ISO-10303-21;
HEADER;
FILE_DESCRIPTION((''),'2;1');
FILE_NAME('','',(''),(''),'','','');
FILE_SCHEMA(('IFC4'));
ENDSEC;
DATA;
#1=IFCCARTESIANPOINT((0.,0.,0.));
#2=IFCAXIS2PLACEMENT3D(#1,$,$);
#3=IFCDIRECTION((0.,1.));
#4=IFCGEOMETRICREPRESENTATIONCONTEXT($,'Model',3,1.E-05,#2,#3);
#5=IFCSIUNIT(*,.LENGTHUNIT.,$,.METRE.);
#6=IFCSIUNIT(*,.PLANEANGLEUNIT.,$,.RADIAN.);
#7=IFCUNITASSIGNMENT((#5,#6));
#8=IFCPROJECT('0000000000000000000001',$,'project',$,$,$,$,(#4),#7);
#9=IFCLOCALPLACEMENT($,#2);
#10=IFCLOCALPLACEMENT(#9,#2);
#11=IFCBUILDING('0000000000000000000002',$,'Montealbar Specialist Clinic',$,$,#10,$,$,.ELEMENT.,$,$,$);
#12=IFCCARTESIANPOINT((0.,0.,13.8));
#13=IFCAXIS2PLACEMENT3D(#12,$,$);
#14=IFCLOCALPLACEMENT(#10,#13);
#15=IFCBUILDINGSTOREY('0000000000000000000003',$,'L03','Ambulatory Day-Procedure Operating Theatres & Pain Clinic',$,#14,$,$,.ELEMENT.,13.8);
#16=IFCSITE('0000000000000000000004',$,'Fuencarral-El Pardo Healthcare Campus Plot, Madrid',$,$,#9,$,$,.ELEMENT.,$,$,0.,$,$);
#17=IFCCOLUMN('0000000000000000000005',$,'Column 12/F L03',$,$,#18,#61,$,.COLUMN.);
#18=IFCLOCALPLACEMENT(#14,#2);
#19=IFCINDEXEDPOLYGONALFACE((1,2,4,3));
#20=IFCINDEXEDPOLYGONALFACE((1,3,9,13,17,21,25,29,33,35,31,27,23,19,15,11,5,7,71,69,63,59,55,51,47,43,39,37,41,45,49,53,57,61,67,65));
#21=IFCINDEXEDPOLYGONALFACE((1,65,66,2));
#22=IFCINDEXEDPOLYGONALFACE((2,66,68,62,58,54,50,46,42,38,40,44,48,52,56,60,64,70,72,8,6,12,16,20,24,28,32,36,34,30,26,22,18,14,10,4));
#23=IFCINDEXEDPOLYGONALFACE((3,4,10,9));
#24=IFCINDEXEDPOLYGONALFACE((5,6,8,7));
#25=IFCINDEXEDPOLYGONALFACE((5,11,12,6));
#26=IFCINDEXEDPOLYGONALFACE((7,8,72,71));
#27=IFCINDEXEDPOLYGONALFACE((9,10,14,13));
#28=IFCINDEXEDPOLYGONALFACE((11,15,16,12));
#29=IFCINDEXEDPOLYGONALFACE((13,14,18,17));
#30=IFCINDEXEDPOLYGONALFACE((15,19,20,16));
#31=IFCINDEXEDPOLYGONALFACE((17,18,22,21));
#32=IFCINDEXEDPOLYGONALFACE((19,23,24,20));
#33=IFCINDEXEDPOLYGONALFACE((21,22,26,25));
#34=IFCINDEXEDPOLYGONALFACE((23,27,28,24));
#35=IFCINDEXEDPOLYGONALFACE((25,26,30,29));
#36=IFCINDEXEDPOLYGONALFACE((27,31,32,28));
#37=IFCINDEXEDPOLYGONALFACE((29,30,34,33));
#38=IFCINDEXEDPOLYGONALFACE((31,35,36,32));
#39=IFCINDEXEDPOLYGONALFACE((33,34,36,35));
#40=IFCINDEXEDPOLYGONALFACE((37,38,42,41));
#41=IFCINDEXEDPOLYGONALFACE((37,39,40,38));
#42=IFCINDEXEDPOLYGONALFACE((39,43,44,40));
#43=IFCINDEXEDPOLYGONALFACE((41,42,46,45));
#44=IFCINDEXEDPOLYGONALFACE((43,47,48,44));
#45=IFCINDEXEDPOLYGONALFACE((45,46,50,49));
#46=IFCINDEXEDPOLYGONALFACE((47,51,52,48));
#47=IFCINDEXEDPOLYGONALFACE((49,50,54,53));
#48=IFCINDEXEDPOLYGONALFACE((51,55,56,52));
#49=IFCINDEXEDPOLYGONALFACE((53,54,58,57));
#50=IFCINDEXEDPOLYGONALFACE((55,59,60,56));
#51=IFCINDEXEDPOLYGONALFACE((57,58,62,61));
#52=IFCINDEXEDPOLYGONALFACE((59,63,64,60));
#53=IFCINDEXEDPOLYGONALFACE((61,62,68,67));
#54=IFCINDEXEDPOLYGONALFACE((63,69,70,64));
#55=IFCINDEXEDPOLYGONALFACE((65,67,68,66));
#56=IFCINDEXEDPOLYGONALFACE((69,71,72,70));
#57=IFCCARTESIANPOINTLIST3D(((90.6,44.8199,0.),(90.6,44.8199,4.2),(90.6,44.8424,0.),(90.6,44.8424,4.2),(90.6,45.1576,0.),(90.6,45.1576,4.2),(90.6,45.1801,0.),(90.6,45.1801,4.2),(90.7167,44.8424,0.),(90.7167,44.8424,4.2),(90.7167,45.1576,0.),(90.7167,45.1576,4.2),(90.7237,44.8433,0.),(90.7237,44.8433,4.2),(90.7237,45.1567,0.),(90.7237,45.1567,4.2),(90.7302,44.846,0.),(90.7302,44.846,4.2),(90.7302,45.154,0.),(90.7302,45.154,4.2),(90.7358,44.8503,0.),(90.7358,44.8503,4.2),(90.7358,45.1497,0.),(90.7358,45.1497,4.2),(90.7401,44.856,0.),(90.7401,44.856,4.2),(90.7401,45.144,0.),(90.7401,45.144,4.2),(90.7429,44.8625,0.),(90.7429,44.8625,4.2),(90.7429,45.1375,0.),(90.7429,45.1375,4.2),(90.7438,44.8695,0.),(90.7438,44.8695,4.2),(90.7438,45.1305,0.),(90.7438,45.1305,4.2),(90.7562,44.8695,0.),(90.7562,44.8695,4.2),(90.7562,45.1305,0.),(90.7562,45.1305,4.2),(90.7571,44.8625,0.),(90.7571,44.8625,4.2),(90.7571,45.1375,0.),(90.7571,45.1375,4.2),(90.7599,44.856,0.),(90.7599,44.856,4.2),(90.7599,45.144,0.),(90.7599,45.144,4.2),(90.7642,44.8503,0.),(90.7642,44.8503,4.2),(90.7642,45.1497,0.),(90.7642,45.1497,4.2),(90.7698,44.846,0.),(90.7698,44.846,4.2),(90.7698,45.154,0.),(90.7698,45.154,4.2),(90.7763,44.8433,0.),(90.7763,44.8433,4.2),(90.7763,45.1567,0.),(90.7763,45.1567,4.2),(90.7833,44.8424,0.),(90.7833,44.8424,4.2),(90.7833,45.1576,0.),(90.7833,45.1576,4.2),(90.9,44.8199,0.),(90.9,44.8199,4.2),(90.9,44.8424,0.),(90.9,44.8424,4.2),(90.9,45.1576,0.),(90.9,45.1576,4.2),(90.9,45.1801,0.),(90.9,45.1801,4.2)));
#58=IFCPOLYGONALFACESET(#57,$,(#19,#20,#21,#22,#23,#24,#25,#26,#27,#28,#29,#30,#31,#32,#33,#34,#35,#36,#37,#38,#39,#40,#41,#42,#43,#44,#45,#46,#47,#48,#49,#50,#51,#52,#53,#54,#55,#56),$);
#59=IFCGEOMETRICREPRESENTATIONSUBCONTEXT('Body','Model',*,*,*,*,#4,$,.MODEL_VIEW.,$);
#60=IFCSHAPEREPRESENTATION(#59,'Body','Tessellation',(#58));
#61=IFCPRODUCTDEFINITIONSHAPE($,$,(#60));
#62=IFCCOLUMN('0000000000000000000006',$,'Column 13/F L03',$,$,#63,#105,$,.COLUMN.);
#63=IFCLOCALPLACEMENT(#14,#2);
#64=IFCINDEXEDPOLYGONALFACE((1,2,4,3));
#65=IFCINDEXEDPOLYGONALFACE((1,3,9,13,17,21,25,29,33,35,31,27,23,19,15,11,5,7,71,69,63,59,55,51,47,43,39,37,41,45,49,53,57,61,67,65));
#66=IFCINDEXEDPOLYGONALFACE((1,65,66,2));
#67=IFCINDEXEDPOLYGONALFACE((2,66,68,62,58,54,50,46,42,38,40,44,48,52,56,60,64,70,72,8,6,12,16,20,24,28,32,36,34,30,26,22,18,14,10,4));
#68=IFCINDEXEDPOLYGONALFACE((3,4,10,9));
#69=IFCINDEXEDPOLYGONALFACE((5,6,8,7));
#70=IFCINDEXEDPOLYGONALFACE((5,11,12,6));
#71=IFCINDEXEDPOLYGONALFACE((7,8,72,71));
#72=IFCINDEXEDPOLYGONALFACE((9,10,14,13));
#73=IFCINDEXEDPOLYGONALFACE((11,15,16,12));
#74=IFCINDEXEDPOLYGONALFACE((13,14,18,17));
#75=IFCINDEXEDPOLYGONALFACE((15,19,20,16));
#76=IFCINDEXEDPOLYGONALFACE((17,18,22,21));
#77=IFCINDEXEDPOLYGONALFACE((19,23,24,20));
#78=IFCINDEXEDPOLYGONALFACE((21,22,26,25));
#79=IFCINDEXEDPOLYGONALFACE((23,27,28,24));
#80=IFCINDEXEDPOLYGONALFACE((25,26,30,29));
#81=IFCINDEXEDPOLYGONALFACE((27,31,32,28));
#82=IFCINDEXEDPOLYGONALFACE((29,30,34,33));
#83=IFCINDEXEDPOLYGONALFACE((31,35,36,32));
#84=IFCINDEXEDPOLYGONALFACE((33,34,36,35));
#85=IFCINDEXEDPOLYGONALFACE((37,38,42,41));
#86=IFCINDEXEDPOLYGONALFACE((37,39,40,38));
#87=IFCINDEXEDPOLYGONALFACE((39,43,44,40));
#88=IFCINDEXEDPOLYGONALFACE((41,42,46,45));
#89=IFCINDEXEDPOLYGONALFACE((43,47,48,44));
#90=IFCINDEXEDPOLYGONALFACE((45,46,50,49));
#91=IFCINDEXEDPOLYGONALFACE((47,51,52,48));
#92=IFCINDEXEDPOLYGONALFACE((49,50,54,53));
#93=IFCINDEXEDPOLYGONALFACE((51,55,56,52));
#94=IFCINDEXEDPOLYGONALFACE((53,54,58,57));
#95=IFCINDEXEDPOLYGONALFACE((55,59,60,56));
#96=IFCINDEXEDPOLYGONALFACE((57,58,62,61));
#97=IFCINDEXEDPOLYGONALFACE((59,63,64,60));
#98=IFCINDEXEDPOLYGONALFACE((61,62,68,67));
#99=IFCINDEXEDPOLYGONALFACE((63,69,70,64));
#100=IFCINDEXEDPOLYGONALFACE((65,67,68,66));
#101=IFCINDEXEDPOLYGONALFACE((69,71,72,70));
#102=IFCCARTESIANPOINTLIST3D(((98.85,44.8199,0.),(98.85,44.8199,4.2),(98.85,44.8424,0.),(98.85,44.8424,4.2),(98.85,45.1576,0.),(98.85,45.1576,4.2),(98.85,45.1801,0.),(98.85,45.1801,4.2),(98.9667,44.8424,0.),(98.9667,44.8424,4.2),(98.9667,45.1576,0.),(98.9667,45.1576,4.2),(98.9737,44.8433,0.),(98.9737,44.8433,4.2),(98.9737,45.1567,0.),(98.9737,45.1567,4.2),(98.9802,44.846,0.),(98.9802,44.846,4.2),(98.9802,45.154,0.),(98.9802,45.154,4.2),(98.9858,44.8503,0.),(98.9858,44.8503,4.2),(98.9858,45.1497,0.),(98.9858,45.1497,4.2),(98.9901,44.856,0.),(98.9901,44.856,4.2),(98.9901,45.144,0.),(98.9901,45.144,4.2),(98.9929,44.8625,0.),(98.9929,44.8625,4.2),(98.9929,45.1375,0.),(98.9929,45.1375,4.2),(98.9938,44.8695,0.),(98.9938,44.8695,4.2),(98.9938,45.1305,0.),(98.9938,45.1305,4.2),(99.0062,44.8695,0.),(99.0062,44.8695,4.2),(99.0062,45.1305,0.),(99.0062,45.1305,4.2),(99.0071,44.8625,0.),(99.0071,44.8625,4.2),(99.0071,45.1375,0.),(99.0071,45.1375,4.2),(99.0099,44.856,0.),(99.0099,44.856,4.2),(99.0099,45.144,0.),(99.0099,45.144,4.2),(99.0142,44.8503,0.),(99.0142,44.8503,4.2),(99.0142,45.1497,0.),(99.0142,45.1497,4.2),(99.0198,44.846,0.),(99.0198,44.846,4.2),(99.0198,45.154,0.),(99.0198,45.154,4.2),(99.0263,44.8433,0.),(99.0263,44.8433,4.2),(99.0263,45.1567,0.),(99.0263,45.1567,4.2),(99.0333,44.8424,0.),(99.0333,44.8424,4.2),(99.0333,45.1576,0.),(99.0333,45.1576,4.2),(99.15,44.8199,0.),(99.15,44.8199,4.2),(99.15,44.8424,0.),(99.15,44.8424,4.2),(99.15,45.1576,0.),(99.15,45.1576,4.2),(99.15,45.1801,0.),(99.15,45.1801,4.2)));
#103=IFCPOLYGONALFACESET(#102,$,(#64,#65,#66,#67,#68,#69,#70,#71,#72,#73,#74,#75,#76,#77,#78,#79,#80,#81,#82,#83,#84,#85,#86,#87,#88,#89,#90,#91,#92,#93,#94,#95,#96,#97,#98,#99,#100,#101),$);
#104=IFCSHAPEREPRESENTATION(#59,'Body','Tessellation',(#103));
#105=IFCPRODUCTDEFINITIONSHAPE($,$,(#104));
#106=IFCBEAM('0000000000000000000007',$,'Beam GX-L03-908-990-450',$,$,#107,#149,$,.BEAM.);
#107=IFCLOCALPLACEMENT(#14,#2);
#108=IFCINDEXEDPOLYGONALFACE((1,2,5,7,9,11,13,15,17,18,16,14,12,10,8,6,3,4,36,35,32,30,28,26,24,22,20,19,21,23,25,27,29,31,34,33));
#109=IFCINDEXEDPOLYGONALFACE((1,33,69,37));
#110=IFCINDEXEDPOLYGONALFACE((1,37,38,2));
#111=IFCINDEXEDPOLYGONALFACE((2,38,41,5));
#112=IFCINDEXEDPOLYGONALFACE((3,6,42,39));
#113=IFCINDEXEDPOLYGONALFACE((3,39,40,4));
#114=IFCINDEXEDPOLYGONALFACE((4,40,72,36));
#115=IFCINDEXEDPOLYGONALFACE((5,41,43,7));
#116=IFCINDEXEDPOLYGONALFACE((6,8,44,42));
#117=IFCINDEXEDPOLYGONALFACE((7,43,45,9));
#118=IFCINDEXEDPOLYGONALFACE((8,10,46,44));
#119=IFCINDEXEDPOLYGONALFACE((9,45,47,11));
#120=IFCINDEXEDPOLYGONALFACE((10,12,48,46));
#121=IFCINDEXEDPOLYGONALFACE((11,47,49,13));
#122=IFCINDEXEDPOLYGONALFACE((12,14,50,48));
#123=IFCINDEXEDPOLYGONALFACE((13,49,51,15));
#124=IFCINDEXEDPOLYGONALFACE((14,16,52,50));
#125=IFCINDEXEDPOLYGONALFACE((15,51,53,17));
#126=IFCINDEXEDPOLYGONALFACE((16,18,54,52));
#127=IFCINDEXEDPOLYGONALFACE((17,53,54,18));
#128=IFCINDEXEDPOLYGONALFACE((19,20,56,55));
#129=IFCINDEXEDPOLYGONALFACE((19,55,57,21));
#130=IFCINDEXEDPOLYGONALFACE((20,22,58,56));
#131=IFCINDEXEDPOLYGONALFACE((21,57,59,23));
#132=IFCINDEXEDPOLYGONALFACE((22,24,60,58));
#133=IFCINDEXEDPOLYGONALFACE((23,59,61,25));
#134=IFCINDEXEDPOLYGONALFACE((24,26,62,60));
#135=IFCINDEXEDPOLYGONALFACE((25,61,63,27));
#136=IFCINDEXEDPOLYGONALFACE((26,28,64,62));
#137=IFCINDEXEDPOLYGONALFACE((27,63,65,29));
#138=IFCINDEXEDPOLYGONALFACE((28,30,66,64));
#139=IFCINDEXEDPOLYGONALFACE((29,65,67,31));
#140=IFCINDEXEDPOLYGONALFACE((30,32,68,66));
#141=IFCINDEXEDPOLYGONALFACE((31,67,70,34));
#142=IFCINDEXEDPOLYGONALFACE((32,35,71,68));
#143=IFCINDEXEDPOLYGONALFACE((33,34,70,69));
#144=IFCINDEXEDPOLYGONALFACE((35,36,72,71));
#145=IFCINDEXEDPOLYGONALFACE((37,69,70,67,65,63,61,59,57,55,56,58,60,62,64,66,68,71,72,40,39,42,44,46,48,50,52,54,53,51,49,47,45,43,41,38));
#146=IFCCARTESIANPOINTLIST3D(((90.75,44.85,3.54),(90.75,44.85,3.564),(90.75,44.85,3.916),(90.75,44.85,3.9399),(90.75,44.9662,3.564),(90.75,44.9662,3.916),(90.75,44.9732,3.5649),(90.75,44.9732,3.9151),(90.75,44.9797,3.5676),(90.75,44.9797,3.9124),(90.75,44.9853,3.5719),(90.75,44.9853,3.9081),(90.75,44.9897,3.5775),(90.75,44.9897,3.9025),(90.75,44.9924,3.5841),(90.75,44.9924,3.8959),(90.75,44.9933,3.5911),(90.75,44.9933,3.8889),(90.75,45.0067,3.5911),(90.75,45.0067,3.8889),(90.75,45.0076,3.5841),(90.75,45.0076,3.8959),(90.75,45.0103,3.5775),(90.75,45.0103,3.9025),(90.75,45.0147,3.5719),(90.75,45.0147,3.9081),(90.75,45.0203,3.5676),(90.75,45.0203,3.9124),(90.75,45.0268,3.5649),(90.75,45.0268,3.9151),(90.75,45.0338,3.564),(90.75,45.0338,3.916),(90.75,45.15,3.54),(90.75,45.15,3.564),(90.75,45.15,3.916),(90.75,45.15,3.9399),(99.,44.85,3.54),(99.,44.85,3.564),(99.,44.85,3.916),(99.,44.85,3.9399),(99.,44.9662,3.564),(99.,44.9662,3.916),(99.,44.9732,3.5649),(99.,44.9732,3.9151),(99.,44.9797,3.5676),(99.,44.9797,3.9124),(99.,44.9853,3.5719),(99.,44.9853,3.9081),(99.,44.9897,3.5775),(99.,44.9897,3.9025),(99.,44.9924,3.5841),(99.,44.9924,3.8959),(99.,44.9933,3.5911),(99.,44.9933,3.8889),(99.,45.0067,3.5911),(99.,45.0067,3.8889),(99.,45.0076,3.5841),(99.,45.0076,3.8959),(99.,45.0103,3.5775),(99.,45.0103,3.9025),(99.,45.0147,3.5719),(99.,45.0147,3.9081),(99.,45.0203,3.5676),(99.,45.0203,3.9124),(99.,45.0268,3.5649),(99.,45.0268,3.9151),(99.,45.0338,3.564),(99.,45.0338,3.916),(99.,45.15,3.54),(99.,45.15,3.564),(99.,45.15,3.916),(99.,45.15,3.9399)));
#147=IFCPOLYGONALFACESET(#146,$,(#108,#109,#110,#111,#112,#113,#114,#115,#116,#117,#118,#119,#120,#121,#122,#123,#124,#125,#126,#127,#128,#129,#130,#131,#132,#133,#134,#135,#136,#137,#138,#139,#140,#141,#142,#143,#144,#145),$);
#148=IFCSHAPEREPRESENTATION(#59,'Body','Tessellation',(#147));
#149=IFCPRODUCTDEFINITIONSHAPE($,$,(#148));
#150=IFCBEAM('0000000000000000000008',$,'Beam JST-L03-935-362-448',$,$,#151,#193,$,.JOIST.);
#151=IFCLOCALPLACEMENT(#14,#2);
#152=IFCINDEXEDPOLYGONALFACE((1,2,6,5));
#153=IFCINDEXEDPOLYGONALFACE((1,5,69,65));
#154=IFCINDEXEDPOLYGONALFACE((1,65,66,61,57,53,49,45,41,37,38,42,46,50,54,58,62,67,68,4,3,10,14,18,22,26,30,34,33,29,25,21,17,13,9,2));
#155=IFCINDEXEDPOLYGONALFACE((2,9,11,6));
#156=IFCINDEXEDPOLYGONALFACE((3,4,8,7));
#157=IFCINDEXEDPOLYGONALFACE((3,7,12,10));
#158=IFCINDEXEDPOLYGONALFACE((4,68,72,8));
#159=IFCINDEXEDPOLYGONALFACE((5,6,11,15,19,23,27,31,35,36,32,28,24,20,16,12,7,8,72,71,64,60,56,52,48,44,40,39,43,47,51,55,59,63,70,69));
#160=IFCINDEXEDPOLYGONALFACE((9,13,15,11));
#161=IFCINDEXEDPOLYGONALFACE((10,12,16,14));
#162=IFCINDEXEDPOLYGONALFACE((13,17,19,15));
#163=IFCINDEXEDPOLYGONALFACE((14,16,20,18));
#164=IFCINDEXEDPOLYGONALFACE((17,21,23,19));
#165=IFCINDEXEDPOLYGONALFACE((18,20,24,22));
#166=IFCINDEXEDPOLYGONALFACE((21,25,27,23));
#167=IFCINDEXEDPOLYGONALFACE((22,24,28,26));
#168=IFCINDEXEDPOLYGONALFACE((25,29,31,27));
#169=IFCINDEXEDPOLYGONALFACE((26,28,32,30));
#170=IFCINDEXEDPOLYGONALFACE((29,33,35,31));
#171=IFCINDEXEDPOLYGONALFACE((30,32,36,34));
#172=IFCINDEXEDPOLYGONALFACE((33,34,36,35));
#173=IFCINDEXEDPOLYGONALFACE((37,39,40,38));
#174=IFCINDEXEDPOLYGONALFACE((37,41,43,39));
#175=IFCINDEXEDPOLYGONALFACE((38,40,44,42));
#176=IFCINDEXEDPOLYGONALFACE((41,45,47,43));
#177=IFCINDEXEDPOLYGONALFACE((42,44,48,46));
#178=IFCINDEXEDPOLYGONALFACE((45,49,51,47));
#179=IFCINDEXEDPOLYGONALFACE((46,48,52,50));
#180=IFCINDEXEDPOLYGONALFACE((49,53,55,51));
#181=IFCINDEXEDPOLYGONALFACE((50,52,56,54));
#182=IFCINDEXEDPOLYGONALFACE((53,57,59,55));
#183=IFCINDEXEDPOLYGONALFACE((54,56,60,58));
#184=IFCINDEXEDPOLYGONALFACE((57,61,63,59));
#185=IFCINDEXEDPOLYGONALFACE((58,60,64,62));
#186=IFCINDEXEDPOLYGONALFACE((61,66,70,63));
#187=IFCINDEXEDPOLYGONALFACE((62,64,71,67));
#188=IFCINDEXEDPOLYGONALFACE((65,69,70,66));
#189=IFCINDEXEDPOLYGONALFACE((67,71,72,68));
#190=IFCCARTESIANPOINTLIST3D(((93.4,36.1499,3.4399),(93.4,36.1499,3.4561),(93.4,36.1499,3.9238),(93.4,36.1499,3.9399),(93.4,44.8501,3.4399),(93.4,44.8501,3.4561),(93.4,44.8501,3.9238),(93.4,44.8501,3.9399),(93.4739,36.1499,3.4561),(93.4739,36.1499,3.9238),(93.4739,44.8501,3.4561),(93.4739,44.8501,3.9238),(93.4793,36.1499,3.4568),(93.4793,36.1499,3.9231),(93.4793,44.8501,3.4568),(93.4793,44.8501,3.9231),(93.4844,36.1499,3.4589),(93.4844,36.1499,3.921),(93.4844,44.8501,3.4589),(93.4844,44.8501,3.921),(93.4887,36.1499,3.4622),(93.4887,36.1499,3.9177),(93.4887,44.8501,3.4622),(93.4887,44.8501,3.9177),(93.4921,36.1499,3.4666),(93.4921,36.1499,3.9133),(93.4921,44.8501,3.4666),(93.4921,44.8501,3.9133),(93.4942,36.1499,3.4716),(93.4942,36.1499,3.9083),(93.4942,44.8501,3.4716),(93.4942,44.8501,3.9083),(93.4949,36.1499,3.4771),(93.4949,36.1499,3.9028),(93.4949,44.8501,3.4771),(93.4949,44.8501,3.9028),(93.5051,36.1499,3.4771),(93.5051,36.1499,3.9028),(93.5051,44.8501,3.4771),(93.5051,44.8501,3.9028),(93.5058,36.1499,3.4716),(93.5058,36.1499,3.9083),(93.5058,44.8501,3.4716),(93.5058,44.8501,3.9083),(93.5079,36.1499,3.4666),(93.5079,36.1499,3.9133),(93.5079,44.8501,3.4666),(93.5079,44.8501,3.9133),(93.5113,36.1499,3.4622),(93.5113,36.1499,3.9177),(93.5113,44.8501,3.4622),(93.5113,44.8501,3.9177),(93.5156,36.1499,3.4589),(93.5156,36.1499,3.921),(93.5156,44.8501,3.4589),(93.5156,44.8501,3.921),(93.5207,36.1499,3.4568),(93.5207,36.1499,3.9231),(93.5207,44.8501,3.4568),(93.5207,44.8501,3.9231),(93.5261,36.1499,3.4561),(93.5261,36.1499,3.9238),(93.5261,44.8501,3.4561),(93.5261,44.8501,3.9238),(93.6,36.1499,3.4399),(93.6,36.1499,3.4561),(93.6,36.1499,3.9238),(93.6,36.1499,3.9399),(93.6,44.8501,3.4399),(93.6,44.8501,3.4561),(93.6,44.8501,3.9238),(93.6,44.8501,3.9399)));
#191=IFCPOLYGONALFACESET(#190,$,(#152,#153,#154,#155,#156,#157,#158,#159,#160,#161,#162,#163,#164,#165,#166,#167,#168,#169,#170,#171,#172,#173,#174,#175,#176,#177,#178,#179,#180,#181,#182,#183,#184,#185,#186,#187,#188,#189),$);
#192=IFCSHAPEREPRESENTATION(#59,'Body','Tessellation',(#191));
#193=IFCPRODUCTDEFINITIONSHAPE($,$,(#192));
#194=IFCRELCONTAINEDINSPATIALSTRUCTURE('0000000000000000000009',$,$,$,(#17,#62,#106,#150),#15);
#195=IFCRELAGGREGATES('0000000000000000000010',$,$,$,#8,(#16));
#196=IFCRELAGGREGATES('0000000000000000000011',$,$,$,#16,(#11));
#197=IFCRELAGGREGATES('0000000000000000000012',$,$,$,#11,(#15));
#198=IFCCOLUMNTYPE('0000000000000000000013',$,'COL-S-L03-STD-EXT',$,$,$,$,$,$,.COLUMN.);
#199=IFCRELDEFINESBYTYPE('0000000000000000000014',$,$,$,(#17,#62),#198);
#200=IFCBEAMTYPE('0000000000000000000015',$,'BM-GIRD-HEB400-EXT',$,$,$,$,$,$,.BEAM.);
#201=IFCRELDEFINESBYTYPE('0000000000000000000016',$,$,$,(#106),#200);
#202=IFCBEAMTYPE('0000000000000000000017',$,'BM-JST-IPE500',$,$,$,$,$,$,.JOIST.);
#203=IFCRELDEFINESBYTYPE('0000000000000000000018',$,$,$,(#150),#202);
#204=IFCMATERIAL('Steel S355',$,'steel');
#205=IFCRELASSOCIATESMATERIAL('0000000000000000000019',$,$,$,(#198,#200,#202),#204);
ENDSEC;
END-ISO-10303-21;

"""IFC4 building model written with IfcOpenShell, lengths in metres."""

from ifc_helpers import new_model, si_unit, direction, frame, origin, origin_2d, place, context, subcontext, project, spatial, i_section, extrude, material, material_profile, profile_set, type_object, element, save


model = new_model("IFC4")

# Units and contexts
model_context = context("Model", 3, precision=1e-05, world=origin(), true_north=direction((0.0, 1.0)))
body_context = subcontext(model_context, "Body", "Model", "MODEL_VIEW")
ifc_project = project(units=[si_unit("LENGTHUNIT", "METRE"), si_unit("PLANEANGLEUNIT", "RADIAN")], contexts=[model_context])

# Site, building, storey
site_placement = place(None, origin())
site = spatial("IfcSite", under=ifc_project, at=site_placement, Name="Fuencarral-El Pardo Healthcare Campus Plot, Madrid", CompositionType="ELEMENT", RefElevation=0.0)
building_placement = place(site_placement, origin())
building = spatial("IfcBuilding", under=site, at=building_placement, Name="Montealbar Specialist Clinic", CompositionType="ELEMENT")
storey_placement = place(building_placement, frame((0.0, 0.0, 13.8)))
storey = spatial("IfcBuildingStorey", under=building, at=storey_placement, Name="L03", Description="Ambulatory Day-Procedure Operating Theatres & Pain Clinic", CompositionType="ELEMENT", Elevation=13.8)

# Columns
ifc_material_1 = material(Name="Steel S355", Category="steel")
ifc_material_profile_1 = material_profile(ifc_material_1, i_section(OverallWidth=0.3, OverallDepth=0.3601, WebThickness=0.0125, FlangeThickness=0.0225, FilletRadius=0.0271, at=origin_2d()), Name="HEB 360", Category="steel")
ifc_profile_set_1 = profile_set([ifc_material_profile_1], Name="Steel S355")
column_type = type_object("IfcColumnType", Name="COL-S-L03-STD-EXT", PredefinedType="COLUMN", material=ifc_profile_set_1)
for number, where, z_axis, x_axis, name in (
    (1, (90.75, 45.0, 0.0), (0.0, 0.0, 1.0), (1.0, 0.0, 0.0), "Column 12/F L03"),
    (2, (99.0, 45.0, 0.0), (0.0, 0.0, 1.0), (1.0, 0.0, 0.0), "Column 13/F L03"),
):
    element("IfcColumn", number, at=place(storey_placement, frame(where, z_axis=z_axis, x_axis=x_axis)), inside=storey, type_object=column_type, Name=name, PredefinedType="COLUMN", context=body_context, shape_type="SweptSolid", body=[
        extrude(i_section(OverallWidth=0.3, OverallDepth=0.3601, WebThickness=0.0125, FlangeThickness=0.0225, FilletRadius=0.0271, at=origin_2d()), origin(), (0.0, 0.0, 1.0), 4.2),
    ])

# Beams
ifc_material_profile_2 = material_profile(ifc_material_1, i_section(OverallWidth=0.3, OverallDepth=0.3999, WebThickness=0.0134, FlangeThickness=0.0239, FilletRadius=0.0271, at=origin_2d()), Name="HEB 400", Category="steel")
ifc_profile_set_2 = profile_set([ifc_material_profile_2], Name="Steel S355")
beam_type_1 = type_object("IfcBeamType", Name="BM-GIRD-HEB400-EXT", PredefinedType="BEAM", material=ifc_profile_set_2)
beam_1_placement = place(storey_placement, frame((90.75, 45.0, 3.74), z_axis=(1.0, 0.0, 0.0), x_axis=(0.0, 1.0, 0.0)))
element("IfcBeam", 3, at=beam_1_placement, inside=storey, type_object=beam_type_1, Name="Beam GX-L03-908-990-450", PredefinedType="BEAM", context=body_context, shape_type="SweptSolid", body=[
    extrude(i_section(OverallWidth=0.3, OverallDepth=0.3999, WebThickness=0.0134, FlangeThickness=0.0239, FilletRadius=0.0271, at=origin_2d()), origin(), (0.0, 0.0, 1.0), 8.25),
])
ifc_material_profile_3 = material_profile(ifc_material_1, i_section(OverallWidth=0.2, OverallDepth=0.5, WebThickness=0.0103, FlangeThickness=0.0161, FilletRadius=0.021, at=origin_2d()), Name="IPE 500", Category="steel")
ifc_profile_set_3 = profile_set([ifc_material_profile_3], Name="Steel S355")
beam_type_2 = type_object("IfcBeamType", Name="BM-JST-IPE500", PredefinedType="JOIST", material=ifc_profile_set_3)
beam_2_placement = place(storey_placement, frame((93.5, 36.1499, 3.6899), z_axis=(0.0, 1.0, 0.0), x_axis=(-1.0, 0.0, 0.0)))
element("IfcBeam", 4, at=beam_2_placement, inside=storey, type_object=beam_type_2, Name="Beam JST-L03-935-362-448", PredefinedType="JOIST", context=body_context, shape_type="SweptSolid", body=[
    extrude(i_section(OverallWidth=0.2, OverallDepth=0.5, WebThickness=0.0103, FlangeThickness=0.0161, FilletRadius=0.021, at=origin_2d()), origin(), (0.0, 0.0, 1.0), 8.7002),
])

save(model, "model.ifc")
